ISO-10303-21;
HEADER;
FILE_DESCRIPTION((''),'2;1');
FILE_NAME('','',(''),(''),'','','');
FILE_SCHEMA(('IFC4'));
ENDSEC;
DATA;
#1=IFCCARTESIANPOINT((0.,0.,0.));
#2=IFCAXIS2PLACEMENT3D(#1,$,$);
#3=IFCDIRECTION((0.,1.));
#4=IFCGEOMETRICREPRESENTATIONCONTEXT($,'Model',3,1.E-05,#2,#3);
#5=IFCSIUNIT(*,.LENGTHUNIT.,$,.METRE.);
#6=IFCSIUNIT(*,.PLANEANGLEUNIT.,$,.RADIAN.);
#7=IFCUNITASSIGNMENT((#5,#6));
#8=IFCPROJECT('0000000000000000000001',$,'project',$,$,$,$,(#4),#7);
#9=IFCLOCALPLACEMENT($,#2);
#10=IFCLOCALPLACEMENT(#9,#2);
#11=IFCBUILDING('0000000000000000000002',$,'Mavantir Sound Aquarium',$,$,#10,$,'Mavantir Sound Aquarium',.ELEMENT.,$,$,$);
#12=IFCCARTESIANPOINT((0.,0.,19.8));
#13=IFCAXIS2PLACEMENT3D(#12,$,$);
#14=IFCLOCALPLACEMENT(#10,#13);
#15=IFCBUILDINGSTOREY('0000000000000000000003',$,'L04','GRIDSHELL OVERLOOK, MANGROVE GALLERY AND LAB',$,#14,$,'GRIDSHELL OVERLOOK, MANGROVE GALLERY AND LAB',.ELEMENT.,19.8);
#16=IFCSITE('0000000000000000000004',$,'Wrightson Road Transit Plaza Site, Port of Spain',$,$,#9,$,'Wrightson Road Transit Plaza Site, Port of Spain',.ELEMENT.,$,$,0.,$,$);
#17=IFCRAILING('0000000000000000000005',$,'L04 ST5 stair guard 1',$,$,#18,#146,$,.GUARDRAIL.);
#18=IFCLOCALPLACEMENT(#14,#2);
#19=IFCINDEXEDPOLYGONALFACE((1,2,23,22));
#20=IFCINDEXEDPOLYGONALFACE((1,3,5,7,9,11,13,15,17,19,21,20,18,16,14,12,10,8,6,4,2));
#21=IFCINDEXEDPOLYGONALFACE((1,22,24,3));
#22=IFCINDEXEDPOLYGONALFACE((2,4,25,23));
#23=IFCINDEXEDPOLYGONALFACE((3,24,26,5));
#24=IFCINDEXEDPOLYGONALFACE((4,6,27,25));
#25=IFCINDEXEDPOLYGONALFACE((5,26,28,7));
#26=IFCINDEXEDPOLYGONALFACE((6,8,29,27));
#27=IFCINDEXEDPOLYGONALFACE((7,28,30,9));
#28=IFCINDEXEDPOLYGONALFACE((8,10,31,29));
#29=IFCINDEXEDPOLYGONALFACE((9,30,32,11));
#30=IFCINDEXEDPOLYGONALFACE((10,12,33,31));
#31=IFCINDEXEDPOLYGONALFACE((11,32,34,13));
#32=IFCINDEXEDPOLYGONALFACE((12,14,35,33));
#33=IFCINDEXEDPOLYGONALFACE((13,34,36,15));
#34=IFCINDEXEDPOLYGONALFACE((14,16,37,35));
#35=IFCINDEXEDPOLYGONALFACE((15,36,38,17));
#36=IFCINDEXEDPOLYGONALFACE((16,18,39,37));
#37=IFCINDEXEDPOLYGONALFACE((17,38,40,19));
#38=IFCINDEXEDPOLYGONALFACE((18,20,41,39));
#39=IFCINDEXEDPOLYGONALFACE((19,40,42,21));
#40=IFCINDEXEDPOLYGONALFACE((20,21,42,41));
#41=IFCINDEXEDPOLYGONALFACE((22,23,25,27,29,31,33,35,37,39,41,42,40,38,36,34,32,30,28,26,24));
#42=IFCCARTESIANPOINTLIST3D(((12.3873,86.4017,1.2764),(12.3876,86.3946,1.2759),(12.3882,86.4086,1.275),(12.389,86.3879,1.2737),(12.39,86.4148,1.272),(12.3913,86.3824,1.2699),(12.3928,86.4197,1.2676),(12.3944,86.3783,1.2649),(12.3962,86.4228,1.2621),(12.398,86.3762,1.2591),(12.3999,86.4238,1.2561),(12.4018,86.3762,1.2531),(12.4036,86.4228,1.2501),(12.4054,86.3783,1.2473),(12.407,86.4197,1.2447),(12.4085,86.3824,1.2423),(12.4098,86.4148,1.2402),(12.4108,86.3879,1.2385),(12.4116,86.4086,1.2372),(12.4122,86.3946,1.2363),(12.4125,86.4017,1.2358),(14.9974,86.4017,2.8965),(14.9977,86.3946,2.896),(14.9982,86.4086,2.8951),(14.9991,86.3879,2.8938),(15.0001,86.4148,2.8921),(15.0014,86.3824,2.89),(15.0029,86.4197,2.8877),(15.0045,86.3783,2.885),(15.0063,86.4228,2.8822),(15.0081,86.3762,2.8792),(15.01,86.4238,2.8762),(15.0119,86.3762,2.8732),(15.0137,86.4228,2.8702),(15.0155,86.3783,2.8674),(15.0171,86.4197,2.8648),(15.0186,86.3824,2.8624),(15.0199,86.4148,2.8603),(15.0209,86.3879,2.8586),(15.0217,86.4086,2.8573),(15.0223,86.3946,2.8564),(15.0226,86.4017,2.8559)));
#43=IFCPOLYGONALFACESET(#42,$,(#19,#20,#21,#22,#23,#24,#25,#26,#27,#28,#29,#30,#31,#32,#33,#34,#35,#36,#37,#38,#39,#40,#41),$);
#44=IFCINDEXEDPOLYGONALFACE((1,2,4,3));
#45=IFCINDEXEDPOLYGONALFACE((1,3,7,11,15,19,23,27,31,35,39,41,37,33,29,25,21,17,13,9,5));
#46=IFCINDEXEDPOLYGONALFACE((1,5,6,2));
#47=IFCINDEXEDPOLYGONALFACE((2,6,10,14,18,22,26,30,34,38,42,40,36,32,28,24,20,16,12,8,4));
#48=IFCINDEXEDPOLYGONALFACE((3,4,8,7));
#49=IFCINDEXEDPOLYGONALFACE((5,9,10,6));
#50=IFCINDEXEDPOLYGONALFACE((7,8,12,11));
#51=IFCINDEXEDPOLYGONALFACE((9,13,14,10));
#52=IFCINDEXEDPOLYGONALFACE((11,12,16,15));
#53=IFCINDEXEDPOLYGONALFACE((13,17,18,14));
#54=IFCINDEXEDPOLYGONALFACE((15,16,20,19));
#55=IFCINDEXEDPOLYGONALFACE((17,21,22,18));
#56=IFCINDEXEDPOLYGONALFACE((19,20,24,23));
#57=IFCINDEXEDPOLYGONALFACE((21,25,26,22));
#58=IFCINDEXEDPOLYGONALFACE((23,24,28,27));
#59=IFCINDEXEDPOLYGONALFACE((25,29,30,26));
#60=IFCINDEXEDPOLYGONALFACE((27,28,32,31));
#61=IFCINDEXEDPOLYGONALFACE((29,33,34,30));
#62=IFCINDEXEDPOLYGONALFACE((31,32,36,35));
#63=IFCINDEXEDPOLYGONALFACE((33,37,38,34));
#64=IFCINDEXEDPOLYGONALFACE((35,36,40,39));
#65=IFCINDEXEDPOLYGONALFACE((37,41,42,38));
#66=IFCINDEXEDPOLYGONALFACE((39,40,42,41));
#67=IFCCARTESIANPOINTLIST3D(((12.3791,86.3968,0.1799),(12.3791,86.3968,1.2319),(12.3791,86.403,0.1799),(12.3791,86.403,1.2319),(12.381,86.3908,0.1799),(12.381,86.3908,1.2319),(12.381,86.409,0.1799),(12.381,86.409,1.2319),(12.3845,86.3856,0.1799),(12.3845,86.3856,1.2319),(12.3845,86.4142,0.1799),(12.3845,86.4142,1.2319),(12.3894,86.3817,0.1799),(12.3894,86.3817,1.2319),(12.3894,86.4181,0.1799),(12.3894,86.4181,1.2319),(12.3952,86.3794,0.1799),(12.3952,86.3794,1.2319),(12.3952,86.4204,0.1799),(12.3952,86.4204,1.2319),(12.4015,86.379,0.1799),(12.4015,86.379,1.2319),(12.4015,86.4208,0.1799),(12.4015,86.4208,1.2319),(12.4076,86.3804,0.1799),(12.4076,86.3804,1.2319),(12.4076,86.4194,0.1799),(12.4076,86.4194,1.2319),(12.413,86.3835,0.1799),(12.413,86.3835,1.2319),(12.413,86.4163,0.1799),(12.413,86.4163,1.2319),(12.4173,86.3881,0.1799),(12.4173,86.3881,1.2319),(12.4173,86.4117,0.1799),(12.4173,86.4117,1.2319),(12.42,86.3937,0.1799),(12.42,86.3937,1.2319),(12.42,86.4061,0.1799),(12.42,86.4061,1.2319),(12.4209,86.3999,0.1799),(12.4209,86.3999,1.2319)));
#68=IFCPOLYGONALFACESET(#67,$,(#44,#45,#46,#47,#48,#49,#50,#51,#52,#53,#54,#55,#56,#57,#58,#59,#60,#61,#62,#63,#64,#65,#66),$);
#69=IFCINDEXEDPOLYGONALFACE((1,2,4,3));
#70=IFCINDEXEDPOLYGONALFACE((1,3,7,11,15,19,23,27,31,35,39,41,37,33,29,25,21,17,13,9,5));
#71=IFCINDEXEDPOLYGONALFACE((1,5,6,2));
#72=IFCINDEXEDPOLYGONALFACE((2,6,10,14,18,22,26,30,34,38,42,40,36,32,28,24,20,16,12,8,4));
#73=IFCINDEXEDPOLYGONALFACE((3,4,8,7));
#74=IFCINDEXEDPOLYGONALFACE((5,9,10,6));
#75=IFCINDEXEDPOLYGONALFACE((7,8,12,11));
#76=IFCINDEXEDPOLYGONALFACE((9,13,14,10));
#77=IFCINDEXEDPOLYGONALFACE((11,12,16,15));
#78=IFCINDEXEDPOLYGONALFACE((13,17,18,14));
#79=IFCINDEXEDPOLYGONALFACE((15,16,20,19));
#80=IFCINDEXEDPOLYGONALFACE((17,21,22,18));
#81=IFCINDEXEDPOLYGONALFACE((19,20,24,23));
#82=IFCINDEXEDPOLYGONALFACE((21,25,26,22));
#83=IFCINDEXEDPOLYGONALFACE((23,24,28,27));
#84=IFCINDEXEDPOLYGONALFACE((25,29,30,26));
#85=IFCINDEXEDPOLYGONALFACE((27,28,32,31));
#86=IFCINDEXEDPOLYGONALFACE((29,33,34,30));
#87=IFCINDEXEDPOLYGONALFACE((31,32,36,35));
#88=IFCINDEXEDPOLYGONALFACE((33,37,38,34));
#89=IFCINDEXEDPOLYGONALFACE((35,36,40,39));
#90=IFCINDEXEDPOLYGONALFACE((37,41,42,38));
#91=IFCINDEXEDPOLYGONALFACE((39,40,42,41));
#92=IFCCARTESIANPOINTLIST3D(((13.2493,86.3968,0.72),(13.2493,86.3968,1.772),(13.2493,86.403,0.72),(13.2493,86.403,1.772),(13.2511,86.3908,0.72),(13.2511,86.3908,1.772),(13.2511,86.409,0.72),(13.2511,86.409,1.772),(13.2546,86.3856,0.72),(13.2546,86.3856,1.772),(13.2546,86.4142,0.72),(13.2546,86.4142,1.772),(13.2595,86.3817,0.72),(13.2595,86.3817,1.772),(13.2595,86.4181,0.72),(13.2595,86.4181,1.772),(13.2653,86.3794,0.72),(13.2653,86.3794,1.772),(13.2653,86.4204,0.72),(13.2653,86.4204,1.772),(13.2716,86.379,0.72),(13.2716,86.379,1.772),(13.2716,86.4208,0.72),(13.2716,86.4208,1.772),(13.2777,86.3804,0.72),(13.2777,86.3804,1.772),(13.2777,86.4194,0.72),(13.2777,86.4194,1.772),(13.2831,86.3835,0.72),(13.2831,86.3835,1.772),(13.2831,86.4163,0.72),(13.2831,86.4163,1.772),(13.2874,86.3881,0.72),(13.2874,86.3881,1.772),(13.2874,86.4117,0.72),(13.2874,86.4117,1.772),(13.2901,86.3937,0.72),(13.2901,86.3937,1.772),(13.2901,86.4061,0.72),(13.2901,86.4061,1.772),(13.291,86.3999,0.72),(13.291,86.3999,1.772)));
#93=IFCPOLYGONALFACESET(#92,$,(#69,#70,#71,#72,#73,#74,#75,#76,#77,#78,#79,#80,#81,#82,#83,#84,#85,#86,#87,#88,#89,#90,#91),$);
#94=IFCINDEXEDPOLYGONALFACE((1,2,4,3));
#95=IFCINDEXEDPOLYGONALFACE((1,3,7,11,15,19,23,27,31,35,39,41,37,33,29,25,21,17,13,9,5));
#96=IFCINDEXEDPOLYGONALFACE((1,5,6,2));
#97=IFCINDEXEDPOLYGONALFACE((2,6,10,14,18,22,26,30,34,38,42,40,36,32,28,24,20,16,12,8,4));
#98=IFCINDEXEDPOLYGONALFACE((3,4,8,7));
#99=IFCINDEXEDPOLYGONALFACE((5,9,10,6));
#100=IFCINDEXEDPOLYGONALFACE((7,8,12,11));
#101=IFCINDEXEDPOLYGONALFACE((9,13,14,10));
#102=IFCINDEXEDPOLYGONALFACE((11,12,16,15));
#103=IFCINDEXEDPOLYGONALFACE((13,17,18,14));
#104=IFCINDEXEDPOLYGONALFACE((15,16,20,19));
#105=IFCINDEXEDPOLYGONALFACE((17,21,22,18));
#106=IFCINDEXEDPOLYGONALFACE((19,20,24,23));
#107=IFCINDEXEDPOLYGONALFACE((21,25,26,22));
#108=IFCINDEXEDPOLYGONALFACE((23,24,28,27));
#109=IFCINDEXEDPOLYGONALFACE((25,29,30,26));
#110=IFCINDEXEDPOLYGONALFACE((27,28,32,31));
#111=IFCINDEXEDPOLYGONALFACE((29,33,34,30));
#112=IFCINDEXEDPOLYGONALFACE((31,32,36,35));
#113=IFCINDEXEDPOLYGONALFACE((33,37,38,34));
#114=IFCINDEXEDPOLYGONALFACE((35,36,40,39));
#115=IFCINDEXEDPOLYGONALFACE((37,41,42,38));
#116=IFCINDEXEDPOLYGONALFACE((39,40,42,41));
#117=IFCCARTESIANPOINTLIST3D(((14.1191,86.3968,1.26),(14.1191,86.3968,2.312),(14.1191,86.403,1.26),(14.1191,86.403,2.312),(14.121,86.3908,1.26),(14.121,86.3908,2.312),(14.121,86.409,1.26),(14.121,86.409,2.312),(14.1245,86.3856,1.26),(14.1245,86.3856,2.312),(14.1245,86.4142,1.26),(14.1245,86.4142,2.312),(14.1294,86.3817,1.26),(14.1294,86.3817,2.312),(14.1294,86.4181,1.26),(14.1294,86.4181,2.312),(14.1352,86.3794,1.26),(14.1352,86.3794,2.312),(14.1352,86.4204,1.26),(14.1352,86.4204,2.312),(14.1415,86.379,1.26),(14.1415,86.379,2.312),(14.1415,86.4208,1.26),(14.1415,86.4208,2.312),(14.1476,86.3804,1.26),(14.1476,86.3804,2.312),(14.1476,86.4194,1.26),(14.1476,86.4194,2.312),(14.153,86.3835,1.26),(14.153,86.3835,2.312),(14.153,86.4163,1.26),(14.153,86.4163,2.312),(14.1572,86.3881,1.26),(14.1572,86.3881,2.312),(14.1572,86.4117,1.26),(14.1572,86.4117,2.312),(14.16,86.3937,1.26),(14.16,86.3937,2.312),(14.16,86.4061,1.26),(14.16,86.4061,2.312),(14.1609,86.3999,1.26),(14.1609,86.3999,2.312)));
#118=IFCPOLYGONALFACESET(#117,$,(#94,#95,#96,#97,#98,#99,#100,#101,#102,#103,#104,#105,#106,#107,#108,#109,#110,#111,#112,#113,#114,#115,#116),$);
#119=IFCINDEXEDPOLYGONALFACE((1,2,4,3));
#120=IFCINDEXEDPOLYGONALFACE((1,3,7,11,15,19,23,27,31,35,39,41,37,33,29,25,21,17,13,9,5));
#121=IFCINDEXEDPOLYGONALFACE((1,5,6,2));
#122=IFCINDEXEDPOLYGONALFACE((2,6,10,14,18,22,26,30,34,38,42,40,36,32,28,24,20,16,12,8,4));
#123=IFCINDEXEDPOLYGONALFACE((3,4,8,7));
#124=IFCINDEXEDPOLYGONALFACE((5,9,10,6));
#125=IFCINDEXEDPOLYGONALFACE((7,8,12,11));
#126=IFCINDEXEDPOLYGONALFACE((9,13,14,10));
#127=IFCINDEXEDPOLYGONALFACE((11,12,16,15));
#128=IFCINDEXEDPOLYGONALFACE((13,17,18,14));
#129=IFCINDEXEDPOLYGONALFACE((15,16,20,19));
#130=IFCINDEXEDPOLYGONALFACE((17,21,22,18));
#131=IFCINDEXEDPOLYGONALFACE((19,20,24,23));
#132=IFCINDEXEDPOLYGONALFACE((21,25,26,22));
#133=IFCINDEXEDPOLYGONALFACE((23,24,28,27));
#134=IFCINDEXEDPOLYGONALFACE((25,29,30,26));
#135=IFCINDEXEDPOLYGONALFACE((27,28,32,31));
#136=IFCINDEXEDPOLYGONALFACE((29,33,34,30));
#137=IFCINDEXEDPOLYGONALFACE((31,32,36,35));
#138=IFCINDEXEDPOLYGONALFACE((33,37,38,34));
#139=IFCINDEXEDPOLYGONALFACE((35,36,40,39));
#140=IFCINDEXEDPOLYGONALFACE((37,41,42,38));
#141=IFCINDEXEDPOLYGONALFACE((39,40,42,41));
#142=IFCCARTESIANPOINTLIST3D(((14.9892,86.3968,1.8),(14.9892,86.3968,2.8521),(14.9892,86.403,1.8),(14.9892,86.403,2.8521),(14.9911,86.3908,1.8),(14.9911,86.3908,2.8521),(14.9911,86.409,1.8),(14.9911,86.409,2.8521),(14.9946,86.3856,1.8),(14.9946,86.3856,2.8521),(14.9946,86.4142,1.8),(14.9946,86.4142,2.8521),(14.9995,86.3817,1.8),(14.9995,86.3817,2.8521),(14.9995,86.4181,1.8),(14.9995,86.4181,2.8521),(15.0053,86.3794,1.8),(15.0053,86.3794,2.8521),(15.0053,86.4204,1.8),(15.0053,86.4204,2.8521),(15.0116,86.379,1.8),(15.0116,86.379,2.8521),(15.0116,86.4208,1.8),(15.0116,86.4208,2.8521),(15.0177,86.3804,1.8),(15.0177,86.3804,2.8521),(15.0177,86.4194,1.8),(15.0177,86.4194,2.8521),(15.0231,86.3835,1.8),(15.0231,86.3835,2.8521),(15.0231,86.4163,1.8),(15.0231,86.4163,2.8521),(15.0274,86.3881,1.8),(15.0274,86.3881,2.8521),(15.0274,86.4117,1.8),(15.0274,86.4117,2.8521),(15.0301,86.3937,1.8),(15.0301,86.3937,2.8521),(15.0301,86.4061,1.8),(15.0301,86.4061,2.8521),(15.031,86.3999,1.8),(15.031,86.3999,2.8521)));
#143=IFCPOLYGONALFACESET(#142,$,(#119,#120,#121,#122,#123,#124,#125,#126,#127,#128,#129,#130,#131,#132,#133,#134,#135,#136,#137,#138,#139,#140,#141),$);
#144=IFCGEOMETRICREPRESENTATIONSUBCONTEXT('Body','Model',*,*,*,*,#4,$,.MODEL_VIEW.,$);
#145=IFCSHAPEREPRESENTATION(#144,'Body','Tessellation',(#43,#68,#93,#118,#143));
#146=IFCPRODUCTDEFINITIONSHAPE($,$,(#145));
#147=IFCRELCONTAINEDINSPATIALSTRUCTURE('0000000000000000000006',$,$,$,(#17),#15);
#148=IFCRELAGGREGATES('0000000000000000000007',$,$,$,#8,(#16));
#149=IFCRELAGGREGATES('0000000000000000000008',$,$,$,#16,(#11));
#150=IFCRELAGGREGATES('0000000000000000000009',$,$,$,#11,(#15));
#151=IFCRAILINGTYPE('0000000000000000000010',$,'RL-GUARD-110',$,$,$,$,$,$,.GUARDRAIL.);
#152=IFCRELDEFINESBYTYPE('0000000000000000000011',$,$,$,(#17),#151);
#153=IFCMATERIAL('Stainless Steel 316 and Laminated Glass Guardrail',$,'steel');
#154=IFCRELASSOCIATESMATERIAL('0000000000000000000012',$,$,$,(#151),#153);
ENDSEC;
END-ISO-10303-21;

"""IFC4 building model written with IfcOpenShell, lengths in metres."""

from ifc_helpers import new_model, si_unit, direction, frame, origin, origin_2d, place, context, subcontext, project, spatial, circle, extrude, material, type_object, element, save


model = new_model("IFC4")

# Units and contexts
model_context = context("Model", 3, precision=1e-05, world=origin(), true_north=direction((0.0, 1.0)))
body_context = subcontext(model_context, "Body", "Model", "MODEL_VIEW")
ifc_project = project(units=[si_unit("LENGTHUNIT", "METRE"), si_unit("PLANEANGLEUNIT", "RADIAN")], contexts=[model_context])

# Site, building, storey
site_placement = place(None, origin())
site = spatial("IfcSite", under=ifc_project, at=site_placement, Name="Wrightson Road Transit Plaza Site, Port of Spain", LongName="Wrightson Road Transit Plaza Site, Port of Spain", CompositionType="ELEMENT", RefElevation=0.0)
building_placement = place(site_placement, origin())
building = spatial("IfcBuilding", under=site, at=building_placement, Name="Mavantir Sound Aquarium", LongName="Mavantir Sound Aquarium", CompositionType="ELEMENT")
storey_placement = place(building_placement, frame((0.0, 0.0, 19.8)))
storey = spatial("IfcBuildingStorey", under=building, at=storey_placement, Name="L04", Description="GRIDSHELL OVERLOOK, MANGROVE GALLERY AND LAB", LongName="GRIDSHELL OVERLOOK, MANGROVE GALLERY AND LAB", CompositionType="ELEMENT", Elevation=19.8)

# Railing
ifc_material_1 = material(Name="Stainless Steel 316 and Laminated Glass Guardrail", Category="steel")
railing_type = type_object("IfcRailingType", Name="RL-GUARD-110", PredefinedType="GUARDRAIL", material=ifc_material_1)
railing_1_placement = place(storey_placement, frame((12.3999, 86.3999, 0.1799)))
element("IfcRailing", 1, at=railing_1_placement, inside=storey, type_object=railing_type, Name="L04 ST5 stair guard 1", PredefinedType="GUARDRAIL", context=body_context, shape_type="SweptSolid", body=[
    extrude(circle(Radius=0.0239, at=origin_2d()), frame((0.0, 0.0, 1.0762), z_axis=(0.849633, 0.0, 0.527375), x_axis=(0.0, 1.0, 0.0)), (0.0, 0.0, 1.0), 3.072),
    extrude(circle(Radius=0.021, at=origin_2d()), origin(), (0.0, 0.0, 1.0), 1.052),
    extrude(circle(Radius=0.021, at=origin_2d()), frame((0.8701, 0.0, 0.54)), (0.0, 0.0, 1.0), 1.052),
    extrude(circle(Radius=0.021, at=origin_2d()), frame((1.74, 0.0, 1.0801)), (0.0, 0.0, 1.0), 1.052),
    extrude(circle(Radius=0.021, at=origin_2d()), frame((2.6101, 0.0, 1.6201)), (0.0, 0.0, 1.0), 1.052),
])

save(model, "model.ifc")
